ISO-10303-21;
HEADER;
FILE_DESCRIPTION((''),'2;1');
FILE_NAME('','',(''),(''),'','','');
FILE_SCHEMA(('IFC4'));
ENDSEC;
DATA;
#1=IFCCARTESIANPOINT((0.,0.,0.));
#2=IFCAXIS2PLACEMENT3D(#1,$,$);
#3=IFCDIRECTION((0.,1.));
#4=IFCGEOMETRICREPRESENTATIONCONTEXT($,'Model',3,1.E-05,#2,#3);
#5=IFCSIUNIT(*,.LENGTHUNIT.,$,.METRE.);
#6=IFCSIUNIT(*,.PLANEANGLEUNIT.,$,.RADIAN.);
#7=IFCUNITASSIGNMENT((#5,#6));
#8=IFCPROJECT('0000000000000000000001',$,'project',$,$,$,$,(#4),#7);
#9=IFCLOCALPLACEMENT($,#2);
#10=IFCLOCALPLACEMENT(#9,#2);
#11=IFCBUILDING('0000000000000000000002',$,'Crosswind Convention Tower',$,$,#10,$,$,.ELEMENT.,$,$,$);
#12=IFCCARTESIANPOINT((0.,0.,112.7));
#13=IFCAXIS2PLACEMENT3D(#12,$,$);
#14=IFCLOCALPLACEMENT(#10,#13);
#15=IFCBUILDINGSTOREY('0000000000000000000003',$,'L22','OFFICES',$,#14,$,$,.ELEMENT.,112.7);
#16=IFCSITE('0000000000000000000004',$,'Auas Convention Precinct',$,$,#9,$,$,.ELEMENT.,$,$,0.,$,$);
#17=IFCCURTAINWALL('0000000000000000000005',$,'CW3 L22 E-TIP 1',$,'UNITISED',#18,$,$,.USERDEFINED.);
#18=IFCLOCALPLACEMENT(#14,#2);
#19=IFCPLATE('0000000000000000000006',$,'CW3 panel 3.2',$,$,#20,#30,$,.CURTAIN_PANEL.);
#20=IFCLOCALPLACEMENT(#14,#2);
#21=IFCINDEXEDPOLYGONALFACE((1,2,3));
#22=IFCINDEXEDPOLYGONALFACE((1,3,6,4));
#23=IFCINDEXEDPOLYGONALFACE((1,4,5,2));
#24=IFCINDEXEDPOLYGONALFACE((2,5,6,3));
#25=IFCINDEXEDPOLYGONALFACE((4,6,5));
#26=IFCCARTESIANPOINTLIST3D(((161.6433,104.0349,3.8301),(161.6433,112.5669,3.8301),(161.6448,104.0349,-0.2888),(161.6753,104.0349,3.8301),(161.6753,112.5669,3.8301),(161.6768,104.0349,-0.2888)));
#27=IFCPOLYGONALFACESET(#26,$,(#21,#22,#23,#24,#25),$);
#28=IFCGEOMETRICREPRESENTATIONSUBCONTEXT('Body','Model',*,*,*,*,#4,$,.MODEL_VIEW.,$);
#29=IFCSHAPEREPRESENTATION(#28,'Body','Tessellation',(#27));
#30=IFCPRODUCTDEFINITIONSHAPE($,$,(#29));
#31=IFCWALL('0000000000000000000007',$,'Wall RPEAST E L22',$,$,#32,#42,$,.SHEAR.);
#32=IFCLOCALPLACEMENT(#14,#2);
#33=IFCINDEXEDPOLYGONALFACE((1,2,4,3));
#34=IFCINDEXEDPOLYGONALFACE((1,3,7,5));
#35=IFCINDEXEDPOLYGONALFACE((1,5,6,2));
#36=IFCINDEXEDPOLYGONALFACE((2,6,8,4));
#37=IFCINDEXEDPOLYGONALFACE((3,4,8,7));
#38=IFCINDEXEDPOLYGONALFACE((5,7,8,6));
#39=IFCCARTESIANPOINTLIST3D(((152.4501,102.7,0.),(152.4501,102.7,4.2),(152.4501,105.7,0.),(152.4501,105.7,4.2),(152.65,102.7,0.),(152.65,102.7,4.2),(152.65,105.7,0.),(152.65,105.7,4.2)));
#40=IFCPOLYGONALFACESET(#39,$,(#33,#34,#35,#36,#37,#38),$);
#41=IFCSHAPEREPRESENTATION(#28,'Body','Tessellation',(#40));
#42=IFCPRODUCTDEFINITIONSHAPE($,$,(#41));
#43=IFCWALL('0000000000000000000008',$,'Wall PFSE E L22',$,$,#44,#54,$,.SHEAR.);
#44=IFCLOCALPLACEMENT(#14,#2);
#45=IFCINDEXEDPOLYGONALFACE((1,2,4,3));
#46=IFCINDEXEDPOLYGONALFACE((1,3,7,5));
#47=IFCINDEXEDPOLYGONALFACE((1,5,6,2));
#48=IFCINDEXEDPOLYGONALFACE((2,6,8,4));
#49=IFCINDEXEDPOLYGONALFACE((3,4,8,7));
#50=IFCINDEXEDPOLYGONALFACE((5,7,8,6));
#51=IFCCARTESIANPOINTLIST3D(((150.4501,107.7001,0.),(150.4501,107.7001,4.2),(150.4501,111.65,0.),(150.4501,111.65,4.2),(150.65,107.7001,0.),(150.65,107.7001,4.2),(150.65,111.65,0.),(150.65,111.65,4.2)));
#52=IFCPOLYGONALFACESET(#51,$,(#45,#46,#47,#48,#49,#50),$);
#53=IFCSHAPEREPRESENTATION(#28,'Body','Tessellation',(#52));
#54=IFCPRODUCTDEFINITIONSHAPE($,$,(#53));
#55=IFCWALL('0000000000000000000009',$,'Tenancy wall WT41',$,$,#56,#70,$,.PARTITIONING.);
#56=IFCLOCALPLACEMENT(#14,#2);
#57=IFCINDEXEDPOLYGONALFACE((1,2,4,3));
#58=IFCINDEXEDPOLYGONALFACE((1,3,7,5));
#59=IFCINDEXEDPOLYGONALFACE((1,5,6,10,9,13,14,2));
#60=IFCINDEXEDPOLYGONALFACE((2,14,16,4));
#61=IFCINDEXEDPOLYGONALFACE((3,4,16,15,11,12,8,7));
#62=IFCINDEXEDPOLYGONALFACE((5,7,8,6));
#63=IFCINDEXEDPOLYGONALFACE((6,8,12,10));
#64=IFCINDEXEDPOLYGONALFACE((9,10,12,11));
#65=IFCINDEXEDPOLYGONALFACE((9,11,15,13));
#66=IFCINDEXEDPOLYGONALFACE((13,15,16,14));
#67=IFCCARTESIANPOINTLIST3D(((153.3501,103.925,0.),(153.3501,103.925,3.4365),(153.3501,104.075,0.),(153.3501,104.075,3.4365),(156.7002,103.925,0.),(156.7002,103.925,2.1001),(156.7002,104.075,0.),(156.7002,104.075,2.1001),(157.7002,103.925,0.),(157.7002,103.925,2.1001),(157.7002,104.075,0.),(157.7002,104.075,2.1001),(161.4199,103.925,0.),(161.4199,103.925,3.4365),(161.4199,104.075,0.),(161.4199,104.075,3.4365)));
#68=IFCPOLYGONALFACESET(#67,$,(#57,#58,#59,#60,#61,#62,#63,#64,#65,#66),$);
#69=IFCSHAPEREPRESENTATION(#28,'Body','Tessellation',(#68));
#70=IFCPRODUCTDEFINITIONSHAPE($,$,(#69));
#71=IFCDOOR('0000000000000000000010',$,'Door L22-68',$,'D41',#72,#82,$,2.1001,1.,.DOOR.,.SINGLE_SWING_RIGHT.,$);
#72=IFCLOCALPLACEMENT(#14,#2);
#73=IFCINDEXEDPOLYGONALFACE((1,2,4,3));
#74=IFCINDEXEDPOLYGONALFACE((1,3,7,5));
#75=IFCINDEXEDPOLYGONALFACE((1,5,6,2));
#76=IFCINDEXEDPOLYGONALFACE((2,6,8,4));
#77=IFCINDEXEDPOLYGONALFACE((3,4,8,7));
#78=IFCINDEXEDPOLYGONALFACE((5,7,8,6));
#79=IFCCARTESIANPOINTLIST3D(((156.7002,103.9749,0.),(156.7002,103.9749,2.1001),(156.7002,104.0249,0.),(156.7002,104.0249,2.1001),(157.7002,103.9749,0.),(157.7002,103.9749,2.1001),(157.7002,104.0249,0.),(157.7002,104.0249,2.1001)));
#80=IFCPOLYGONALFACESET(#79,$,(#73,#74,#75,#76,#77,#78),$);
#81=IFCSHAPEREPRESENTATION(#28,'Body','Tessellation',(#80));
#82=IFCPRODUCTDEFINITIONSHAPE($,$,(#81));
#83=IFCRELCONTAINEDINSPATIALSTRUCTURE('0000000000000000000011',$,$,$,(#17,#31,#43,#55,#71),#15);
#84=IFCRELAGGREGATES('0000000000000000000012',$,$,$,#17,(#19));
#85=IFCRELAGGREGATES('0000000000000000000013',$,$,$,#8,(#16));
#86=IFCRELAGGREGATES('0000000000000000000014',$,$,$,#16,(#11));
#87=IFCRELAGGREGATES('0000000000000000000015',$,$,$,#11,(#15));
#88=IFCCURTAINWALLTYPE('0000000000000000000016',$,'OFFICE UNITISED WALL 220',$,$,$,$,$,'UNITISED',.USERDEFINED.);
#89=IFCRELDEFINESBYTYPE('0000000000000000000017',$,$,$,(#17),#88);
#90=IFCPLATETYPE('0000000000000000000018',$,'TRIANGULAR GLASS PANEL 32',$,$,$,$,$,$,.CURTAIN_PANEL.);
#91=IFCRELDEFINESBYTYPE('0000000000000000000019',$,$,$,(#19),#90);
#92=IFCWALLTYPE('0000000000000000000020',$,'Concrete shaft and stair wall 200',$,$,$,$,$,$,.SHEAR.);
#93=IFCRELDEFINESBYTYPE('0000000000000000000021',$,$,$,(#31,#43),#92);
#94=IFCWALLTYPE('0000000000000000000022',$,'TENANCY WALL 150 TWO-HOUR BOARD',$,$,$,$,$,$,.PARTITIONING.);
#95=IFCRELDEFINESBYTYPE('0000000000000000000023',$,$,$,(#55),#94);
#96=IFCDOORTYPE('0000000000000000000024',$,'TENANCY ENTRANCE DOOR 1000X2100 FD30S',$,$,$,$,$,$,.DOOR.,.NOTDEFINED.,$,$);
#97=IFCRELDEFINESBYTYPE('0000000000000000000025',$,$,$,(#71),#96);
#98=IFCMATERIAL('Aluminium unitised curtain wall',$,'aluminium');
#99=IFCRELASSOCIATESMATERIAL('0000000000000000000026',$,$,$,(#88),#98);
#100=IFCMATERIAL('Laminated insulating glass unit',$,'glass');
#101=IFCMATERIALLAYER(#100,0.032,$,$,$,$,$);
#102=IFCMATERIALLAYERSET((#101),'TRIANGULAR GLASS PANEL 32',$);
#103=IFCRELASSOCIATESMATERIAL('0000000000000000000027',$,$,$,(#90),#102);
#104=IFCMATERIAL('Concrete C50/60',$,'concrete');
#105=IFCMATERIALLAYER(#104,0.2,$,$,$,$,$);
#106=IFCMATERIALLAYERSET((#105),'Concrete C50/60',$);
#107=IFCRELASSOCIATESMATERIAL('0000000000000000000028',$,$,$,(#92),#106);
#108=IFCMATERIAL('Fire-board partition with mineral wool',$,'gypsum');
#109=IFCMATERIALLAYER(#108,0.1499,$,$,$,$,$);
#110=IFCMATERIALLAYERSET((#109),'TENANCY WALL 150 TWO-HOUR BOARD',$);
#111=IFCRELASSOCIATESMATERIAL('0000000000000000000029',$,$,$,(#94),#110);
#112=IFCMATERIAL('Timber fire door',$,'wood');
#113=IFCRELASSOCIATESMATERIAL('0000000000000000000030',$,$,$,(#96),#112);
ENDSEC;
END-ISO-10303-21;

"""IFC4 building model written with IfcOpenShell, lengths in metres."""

from ifc_helpers import new_model, si_unit, direction, frame, frame_2d, origin, place, context, subcontext, project, spatial, polyline, rectangle, outline, extrude, material, layer, layer_set, type_object, element, fill, aggregate, save


model = new_model("IFC4")

# Units and contexts
model_context = context("Model", 3, precision=1e-05, world=origin(), true_north=direction((0.0, 1.0)))
body_context = subcontext(model_context, "Body", "Model", "MODEL_VIEW")
ifc_project = project(units=[si_unit("LENGTHUNIT", "METRE"), si_unit("PLANEANGLEUNIT", "RADIAN")], contexts=[model_context])

# Site, building, storey
site_placement = place(None, origin())
site = spatial("IfcSite", under=ifc_project, at=site_placement, Name="Auas Convention Precinct", CompositionType="ELEMENT", RefElevation=0.0)
building_placement = place(site_placement, origin())
building = spatial("IfcBuilding", under=site, at=building_placement, Name="Crosswind Convention Tower", CompositionType="ELEMENT")
storey_placement = place(building_placement, frame((0.0, 0.0, 112.7)))
storey = spatial("IfcBuildingStorey", under=building, at=storey_placement, Name="L22", Description="OFFICES", CompositionType="ELEMENT", Elevation=112.7)

# Curtain wall
ifc_material_1 = material(Name="Aluminium unitised curtain wall", Category="aluminium")
curtain_wall_type = type_object("IfcCurtainWallType", Name="OFFICE UNITISED WALL 220", ElementType="UNITISED", PredefinedType="USERDEFINED", material=ifc_material_1)
curtain_wall_placement = place(storey_placement, origin())
curtain_wall = element("IfcCurtainWall", 1, at=curtain_wall_placement, inside=storey, type_object=curtain_wall_type, Name="CW3 L22 E-TIP 1", ObjectType="UNITISED", PredefinedType="USERDEFINED")

# Plate
ifc_material_2 = material(Name="Laminated insulating glass unit", Category="glass")
ifc_layer_1 = layer(ifc_material_2, 0.032)
ifc_layer_set_1 = layer_set([ifc_layer_1], Name="TRIANGULAR GLASS PANEL 32")
plate_type = type_object("IfcPlateType", Name="TRIANGULAR GLASS PANEL 32", PredefinedType="CURTAIN_PANEL", material=ifc_layer_set_1)
plate_1_placement = place(storey_placement, frame((161.6753, 104.0349, 3.8301), z_axis=(1.0, 0.0, 0.000356), x_axis=(0.000356, 0.0, -1.0)))
plate_1 = element("IfcPlate", 2, at=plate_1_placement, type_object=plate_type, Name="CW3 panel 3.2", PredefinedType="CURTAIN_PANEL", context=body_context, shape_type="SweptSolid", body=[
    extrude(outline(polyline([(0.0, 0.0), (4.1189, 0.0), (0.0, 8.532), (0.0, 0.0)])), origin(), (0.0, 0.0, -1.0), 0.032),
])
aggregate(curtain_wall, [plate_1])

# Walls
ifc_material_3 = material(Name="Concrete C50/60", Category="concrete")
ifc_layer_2 = layer(ifc_material_3, 0.2)
ifc_layer_set_2 = layer_set([ifc_layer_2], Name="Concrete C50/60")
wall_type_1 = type_object("IfcWallType", Name="Concrete shaft and stair wall 200", PredefinedType="SHEAR", material=ifc_layer_set_2)
wall_1_placement = place(storey_placement, frame((152.55, 102.7, 0.0), z_axis=(0.0, 0.0, 1.0), x_axis=(0.0, 1.0, 0.0)))
element("IfcWall", 3, at=wall_1_placement, inside=storey, type_object=wall_type_1, Name="Wall RPEAST E L22", PredefinedType="SHEAR", context=body_context, shape_type="SweptSolid", body=[
    extrude(rectangle(XDim=3.0, YDim=0.2, at=frame_2d((1.5, 0.0))), origin(), (0.0, 0.0, 1.0), 4.2),
])
wall_2_placement = place(storey_placement, frame((150.55, 107.7, 0.0), z_axis=(0.0, 0.0, 1.0), x_axis=(0.0, 1.0, 0.0)))
element("IfcWall", 4, at=wall_2_placement, inside=storey, type_object=wall_type_1, Name="Wall PFSE E L22", PredefinedType="SHEAR", context=body_context, shape_type="SweptSolid", body=[
    extrude(rectangle(XDim=3.95, YDim=0.2, at=frame_2d((1.9751, 0.0))), origin(), (0.0, 0.0, 1.0), 4.2),
])

# Wall, opening, door
ifc_material_4 = material(Name="Fire-board partition with mineral wool", Category="gypsum")
ifc_layer_3 = layer(ifc_material_4, 0.1499)
ifc_layer_set_3 = layer_set([ifc_layer_3], Name="TENANCY WALL 150 TWO-HOUR BOARD")
wall_type_2 = type_object("IfcWallType", Name="TENANCY WALL 150 TWO-HOUR BOARD", PredefinedType="PARTITIONING", material=ifc_layer_set_3)
wall_3_placement = place(storey_placement, frame((153.3501, 104.0, 0.0), z_axis=(0.0, 0.0, 1.0), x_axis=(1.0, 0.0, 0.0)))
wall_3 = element("IfcWall", 5, at=wall_3_placement, inside=storey, type_object=wall_type_2, Name="Tenancy wall WT41", PredefinedType="PARTITIONING", context=body_context, shape_type="SweptSolid", body=[
    extrude(rectangle(XDim=8.0698, YDim=0.1499, at=frame_2d((4.0349, 0.0))), origin(), (0.0, 0.0, 1.0), 3.4365),
])
opening_placement = place(wall_3_placement, frame((3.3501, 0.0, 0.0)))
opening = element("IfcOpeningElement", 6, at=opening_placement, cuts=wall_3, PredefinedType="OPENING", context=body_context, shape_type="SweptSolid", body=[
    extrude(rectangle(XDim=1.0, YDim=2.1001, at=frame_2d((0.5, 1.05))), frame((0.0, 0.085, 0.0), z_axis=(0.0, -1.0, 0.0), x_axis=(1.0, 0.0, 0.0)), (0.0, 0.0, 1.0), 0.1699),
])
ifc_material_5 = material(Name="Timber fire door", Category="wood")
door_type = type_object("IfcDoorType", Name="TENANCY ENTRANCE DOOR 1000X2100 FD30S", OperationType="NOTDEFINED", PredefinedType="DOOR", material=ifc_material_5)
door_placement = place(opening_placement, origin())
door = element("IfcDoor", 7, at=door_placement, inside=storey, type_object=door_type, Name="Door L22-68", ObjectType="D41", OperationType="SINGLE_SWING_RIGHT", OverallHeight=2.1001, OverallWidth=1.0, PredefinedType="DOOR", context=body_context, shape_type="SweptSolid", body=[
    extrude(rectangle(XDim=1.0, YDim=2.1001, at=frame_2d((0.5, 1.05))), frame((0.0, 0.0249, 0.0), z_axis=(0.0, -1.0, 0.0), x_axis=(1.0, 0.0, 0.0)), (0.0, 0.0, 1.0), 0.05),
])
fill(opening, door)

save(model, "model.ifc")
